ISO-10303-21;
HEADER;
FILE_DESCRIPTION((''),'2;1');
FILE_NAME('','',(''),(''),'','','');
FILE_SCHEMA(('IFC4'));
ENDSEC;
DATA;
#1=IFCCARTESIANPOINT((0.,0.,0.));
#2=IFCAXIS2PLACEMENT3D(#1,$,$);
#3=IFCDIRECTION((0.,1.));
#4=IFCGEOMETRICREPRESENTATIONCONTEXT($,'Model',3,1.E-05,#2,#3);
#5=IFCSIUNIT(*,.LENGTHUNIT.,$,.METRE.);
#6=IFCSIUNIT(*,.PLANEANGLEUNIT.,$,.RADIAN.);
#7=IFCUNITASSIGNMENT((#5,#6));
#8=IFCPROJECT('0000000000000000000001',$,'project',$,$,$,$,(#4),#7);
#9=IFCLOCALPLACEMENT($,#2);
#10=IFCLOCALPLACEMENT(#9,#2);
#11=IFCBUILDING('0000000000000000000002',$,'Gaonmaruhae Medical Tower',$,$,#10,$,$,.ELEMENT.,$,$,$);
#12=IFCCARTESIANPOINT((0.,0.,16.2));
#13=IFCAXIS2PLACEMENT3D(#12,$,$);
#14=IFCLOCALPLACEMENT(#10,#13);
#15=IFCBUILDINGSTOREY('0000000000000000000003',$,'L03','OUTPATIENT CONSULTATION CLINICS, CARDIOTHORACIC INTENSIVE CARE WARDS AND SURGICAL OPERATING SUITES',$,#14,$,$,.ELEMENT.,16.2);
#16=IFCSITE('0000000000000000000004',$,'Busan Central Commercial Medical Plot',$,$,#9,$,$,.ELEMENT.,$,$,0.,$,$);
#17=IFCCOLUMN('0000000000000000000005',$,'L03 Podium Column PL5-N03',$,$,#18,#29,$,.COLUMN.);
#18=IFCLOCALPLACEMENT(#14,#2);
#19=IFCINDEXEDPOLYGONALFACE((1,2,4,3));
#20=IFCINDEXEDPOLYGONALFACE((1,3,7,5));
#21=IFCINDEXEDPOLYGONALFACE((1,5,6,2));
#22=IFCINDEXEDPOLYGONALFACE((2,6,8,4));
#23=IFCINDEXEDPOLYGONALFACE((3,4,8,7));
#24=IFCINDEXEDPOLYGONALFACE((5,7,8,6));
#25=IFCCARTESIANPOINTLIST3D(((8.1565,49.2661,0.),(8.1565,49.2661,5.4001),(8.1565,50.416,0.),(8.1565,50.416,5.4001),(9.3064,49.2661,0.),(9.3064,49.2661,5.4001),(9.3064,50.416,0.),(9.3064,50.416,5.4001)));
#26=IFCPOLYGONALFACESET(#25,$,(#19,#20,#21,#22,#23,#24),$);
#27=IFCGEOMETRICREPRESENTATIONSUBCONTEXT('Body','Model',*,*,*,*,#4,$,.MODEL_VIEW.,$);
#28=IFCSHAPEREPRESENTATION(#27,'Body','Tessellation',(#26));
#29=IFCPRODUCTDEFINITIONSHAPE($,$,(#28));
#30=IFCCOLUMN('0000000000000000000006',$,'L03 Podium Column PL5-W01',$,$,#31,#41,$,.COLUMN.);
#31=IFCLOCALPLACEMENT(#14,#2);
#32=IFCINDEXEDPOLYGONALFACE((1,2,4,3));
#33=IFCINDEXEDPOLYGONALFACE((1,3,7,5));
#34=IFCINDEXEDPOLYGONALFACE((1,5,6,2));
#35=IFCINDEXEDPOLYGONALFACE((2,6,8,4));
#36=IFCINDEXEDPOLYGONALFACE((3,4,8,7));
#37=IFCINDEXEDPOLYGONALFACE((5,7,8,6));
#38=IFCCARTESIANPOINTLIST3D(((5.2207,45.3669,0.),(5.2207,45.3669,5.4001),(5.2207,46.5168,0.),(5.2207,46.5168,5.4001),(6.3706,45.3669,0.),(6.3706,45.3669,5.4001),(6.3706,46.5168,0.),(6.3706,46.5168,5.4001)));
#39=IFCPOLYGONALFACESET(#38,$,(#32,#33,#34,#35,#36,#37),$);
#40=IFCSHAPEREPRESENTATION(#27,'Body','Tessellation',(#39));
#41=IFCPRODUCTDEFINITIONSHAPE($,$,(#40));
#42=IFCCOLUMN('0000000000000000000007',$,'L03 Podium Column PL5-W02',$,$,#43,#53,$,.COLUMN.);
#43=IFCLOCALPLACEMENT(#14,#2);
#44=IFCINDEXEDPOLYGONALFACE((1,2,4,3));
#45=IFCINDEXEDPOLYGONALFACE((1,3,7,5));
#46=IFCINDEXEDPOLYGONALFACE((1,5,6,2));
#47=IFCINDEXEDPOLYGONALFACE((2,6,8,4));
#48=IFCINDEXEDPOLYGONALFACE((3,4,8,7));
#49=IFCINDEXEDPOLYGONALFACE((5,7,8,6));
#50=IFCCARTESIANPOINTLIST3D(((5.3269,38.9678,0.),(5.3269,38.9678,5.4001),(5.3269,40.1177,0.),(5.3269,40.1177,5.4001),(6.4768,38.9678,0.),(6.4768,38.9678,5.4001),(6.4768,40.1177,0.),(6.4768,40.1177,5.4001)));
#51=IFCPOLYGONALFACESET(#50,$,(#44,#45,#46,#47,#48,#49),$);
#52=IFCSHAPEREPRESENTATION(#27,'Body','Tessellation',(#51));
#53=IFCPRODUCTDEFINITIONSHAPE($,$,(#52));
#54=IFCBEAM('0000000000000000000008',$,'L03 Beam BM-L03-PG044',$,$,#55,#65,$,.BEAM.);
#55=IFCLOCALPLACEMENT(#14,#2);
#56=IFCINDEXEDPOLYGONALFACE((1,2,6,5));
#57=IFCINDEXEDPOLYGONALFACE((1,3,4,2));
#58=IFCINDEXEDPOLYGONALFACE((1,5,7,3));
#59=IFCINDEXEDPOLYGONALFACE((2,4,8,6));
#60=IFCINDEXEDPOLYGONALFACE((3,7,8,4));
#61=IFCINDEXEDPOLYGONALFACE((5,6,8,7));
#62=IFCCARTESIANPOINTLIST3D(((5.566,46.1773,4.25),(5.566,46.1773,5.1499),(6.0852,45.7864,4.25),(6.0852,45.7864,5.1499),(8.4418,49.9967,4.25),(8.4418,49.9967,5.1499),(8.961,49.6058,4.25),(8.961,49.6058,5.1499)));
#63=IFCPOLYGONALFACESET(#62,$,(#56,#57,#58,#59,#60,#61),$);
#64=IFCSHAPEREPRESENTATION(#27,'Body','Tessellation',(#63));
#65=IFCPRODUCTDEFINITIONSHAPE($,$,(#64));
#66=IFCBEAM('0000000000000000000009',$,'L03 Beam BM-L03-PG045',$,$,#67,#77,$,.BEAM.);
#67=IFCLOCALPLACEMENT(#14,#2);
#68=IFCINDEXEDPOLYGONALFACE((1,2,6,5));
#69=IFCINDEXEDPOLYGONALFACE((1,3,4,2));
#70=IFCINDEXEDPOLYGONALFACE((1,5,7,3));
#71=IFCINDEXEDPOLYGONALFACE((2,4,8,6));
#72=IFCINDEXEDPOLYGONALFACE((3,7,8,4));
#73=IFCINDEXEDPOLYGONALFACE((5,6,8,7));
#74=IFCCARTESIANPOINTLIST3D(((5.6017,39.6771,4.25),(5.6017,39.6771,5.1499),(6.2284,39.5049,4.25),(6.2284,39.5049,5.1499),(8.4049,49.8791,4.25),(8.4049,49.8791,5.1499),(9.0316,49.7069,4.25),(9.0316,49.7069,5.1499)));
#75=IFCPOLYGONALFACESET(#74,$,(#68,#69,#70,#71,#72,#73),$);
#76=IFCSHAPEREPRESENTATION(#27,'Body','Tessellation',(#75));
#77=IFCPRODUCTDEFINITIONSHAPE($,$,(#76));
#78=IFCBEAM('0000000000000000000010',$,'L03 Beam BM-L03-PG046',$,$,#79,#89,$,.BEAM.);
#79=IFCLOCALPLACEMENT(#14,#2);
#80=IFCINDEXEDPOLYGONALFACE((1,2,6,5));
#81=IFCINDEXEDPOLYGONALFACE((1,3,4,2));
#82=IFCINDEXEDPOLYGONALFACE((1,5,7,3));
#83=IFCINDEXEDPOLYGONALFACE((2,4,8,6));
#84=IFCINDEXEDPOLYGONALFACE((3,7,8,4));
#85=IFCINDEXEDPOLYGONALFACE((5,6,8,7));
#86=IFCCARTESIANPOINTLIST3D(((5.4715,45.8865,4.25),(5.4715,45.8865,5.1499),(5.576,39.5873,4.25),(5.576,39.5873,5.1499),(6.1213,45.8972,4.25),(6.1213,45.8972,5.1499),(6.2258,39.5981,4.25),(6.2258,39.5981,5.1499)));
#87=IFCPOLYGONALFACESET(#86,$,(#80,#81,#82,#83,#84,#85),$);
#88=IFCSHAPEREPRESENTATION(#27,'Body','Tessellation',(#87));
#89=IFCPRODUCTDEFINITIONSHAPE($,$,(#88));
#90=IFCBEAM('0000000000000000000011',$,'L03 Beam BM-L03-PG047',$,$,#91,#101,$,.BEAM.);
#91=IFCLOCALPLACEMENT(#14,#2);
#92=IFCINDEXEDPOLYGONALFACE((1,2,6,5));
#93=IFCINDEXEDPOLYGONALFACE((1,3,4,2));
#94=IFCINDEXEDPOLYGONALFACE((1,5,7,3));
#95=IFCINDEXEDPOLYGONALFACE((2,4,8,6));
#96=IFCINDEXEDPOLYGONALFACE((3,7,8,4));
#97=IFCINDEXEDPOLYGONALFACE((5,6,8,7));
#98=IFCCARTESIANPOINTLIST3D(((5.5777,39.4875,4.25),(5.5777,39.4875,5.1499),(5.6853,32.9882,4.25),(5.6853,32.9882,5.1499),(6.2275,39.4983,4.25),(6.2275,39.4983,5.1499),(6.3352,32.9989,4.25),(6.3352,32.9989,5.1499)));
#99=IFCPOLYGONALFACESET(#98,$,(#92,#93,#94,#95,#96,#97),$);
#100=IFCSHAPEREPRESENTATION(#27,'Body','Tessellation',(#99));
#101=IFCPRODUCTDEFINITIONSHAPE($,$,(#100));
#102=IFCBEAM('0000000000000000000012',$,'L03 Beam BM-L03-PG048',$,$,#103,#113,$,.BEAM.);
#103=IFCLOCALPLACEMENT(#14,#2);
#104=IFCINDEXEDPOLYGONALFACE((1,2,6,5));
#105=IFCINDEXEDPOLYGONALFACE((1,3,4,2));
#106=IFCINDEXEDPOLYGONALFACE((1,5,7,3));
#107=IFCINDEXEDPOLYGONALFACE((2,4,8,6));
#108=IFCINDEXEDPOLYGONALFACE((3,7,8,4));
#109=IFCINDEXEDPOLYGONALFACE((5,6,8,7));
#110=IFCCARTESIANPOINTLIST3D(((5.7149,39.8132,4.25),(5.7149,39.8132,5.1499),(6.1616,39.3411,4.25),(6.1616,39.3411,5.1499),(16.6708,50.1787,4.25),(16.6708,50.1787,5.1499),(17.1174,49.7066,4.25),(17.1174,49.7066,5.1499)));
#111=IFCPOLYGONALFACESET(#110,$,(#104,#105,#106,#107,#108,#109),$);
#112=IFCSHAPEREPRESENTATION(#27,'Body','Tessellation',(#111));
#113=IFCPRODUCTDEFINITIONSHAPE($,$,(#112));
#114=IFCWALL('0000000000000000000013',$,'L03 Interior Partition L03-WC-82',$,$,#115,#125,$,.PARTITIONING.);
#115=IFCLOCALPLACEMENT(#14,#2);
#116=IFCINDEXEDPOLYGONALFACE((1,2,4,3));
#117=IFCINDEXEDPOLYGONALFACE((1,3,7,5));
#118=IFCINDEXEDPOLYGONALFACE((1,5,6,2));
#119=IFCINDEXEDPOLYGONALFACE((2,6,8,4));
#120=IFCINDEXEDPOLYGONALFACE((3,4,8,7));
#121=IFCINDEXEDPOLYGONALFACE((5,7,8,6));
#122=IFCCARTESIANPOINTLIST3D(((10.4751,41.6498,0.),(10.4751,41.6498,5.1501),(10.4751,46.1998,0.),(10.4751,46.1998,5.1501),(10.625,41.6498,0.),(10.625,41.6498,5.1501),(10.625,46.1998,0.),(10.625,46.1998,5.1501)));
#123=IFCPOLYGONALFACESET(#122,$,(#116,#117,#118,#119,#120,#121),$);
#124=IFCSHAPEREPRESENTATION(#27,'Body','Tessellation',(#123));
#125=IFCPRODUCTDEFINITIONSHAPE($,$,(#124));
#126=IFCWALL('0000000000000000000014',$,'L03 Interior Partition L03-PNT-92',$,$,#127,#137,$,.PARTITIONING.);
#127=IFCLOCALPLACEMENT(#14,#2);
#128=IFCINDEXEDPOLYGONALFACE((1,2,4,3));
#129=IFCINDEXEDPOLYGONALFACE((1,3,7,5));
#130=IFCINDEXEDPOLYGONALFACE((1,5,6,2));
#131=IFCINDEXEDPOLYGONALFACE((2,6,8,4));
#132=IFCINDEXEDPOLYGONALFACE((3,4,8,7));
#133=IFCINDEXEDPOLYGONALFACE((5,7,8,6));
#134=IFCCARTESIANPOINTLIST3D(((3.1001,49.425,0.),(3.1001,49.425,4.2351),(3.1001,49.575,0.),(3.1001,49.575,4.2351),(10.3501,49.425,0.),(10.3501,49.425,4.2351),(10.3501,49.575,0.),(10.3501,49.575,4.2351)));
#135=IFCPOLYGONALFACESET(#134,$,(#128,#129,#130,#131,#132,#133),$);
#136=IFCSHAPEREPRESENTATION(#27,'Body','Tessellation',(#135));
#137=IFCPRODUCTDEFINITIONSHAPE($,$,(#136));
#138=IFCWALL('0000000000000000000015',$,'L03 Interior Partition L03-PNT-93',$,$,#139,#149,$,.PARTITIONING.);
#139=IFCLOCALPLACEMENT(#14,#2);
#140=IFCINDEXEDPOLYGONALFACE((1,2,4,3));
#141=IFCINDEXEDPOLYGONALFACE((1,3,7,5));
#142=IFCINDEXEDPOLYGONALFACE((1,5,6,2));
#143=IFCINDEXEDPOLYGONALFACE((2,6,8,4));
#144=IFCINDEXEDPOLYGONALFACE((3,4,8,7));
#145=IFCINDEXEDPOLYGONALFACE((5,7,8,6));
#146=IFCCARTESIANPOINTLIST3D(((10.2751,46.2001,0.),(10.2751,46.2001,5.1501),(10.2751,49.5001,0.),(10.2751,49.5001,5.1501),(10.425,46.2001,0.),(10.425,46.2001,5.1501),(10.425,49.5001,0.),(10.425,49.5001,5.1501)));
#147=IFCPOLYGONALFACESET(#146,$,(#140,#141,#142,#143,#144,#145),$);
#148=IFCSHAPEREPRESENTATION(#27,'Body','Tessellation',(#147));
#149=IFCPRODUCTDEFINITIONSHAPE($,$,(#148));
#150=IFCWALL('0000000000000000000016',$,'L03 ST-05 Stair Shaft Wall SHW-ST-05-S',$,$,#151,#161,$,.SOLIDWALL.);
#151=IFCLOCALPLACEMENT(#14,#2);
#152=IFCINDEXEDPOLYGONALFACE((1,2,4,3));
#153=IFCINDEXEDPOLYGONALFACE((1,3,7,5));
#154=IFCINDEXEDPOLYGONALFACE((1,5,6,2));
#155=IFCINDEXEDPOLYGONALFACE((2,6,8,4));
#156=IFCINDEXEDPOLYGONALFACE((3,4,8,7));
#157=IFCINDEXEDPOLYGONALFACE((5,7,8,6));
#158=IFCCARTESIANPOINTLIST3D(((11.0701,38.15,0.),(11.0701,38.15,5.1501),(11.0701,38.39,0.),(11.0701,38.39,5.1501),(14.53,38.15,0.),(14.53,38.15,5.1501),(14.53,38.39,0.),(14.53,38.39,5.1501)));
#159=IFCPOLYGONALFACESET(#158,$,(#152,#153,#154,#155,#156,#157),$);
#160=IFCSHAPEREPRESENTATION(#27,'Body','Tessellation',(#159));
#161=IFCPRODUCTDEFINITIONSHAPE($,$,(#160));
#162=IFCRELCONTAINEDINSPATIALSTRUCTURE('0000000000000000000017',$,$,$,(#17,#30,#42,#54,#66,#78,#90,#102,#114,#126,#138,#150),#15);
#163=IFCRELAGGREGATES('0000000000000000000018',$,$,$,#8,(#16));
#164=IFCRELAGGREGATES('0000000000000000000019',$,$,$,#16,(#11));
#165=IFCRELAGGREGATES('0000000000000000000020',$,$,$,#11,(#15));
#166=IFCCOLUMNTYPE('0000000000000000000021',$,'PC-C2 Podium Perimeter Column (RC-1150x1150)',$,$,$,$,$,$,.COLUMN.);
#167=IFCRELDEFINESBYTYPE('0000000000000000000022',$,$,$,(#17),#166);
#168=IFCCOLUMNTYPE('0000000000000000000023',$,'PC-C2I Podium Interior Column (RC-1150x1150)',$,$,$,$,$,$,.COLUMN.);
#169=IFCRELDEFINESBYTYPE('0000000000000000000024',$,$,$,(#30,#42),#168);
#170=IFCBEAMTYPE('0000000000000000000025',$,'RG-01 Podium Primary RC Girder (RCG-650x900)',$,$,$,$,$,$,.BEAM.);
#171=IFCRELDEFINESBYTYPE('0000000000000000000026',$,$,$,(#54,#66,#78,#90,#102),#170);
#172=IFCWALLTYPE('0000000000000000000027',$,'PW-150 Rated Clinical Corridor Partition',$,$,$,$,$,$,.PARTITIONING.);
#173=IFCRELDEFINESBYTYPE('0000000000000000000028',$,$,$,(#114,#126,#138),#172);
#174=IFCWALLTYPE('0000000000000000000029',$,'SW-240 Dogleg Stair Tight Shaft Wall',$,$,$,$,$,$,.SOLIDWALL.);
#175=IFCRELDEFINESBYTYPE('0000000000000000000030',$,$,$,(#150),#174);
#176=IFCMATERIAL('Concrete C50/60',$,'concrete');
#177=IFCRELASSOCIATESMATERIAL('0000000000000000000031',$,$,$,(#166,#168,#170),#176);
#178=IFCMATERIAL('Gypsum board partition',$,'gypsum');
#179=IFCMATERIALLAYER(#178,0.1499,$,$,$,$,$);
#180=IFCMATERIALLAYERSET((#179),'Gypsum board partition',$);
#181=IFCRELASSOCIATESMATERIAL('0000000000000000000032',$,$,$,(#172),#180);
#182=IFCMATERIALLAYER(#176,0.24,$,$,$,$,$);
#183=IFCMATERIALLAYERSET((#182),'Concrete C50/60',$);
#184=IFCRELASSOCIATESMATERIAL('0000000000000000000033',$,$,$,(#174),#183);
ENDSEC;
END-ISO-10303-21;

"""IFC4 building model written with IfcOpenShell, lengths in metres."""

from ifc_helpers import new_model, si_unit, direction, frame, frame_2d, origin, origin_2d, place, context, subcontext, project, spatial, rectangle, extrude, material, layer, layer_set, material_profile, profile_set, type_object, element, save


model = new_model("IFC4")

# Units and contexts
model_context = context("Model", 3, precision=1e-05, world=origin(), true_north=direction((0.0, 1.0)))
body_context = subcontext(model_context, "Body", "Model", "MODEL_VIEW")
ifc_project = project(units=[si_unit("LENGTHUNIT", "METRE"), si_unit("PLANEANGLEUNIT", "RADIAN")], contexts=[model_context])

# Site, building, storey
site_placement = place(None, origin())
site = spatial("IfcSite", under=ifc_project, at=site_placement, Name="Busan Central Commercial Medical Plot", CompositionType="ELEMENT", RefElevation=0.0)
building_placement = place(site_placement, origin())
building = spatial("IfcBuilding", under=site, at=building_placement, Name="Gaonmaruhae Medical Tower", CompositionType="ELEMENT")
storey_placement = place(building_placement, frame((0.0, 0.0, 16.2)))
storey = spatial("IfcBuildingStorey", under=building, at=storey_placement, Name="L03", Description="OUTPATIENT CONSULTATION CLINICS, CARDIOTHORACIC INTENSIVE CARE WARDS AND SURGICAL OPERATING SUITES", CompositionType="ELEMENT", Elevation=16.2)

# Columns
ifc_material_1 = material(Name="Concrete C50/60", Category="concrete")
ifc_material_profile_1 = material_profile(ifc_material_1, rectangle(XDim=1.1499, YDim=1.1499, at=origin_2d()), Name="RC-1150x1150")
ifc_profile_set_1 = profile_set([ifc_material_profile_1], Name="Concrete C50/60")
column_type_1 = type_object("IfcColumnType", Name="PC-C2 Podium Perimeter Column (RC-1150x1150)", PredefinedType="COLUMN", material=ifc_profile_set_1)
column_placement = place(storey_placement, frame((8.7314, 49.8411, 0.0), z_axis=(0.0, 0.0, 1.0), x_axis=(1.0, 0.0, 0.0)))
element("IfcColumn", 1, at=column_placement, inside=storey, type_object=column_type_1, Name="L03 Podium Column PL5-N03", PredefinedType="COLUMN", context=body_context, shape_type="SweptSolid", body=[
    extrude(rectangle(XDim=1.1499, YDim=1.1499, at=origin_2d()), origin(), (0.0, 0.0, 1.0), 5.4001),
])
ifc_material_profile_2 = material_profile(ifc_material_1, rectangle(XDim=1.1499, YDim=1.1499, at=origin_2d()), Name="RC-1150x1150")
ifc_profile_set_2 = profile_set([ifc_material_profile_2], Name="Concrete C50/60")
column_type_2 = type_object("IfcColumnType", Name="PC-C2I Podium Interior Column (RC-1150x1150)", PredefinedType="COLUMN", material=ifc_profile_set_2)
for number, where, z_axis, x_axis, name in (
    (2, (5.7957, 45.9419, 0.0), (0.0, 0.0, 1.0), (1.0, 0.0, 0.0), "L03 Podium Column PL5-W01"),
    (3, (5.9019, 39.5427, 0.0), (0.0, 0.0, 1.0), (1.0, 0.0, 0.0), "L03 Podium Column PL5-W02"),
):
    element("IfcColumn", number, at=place(storey_placement, frame(where, z_axis=z_axis, x_axis=x_axis)), inside=storey, type_object=column_type_2, Name=name, PredefinedType="COLUMN", context=body_context, shape_type="SweptSolid", body=[
        extrude(rectangle(XDim=1.1499, YDim=1.1499, at=origin_2d()), origin(), (0.0, 0.0, 1.0), 5.4001),
    ])

# Beams
ifc_material_profile_3 = material_profile(ifc_material_1, rectangle(XDim=0.6499, YDim=0.8999, at=origin_2d()), Name="RCG-650x900")
ifc_profile_set_3 = profile_set([ifc_material_profile_3], Name="Concrete C50/60")
beam_type = type_object("IfcBeamType", Name="RG-01 Podium Primary RC Girder (RCG-650x900)", PredefinedType="BEAM", material=ifc_profile_set_3)
beam_1_placement = place(storey_placement, frame((8.7014, 49.8013, 4.7), z_axis=(-0.601502, -0.798871, 0.0), x_axis=(0.798871, -0.601502, 0.0)))
element("IfcBeam", 4, at=beam_1_placement, inside=storey, type_object=beam_type, Name="L03 Beam BM-L03-PG044", PredefinedType="BEAM", context=body_context, shape_type="SweptSolid", body=[
    extrude(rectangle(XDim=0.6499, YDim=0.8999, at=origin_2d()), origin(), (0.0, 0.0, 1.0), 4.781),
])
beam_2_placement = place(storey_placement, frame((8.7183, 49.793, 4.7), z_axis=(-0.264954, -0.964261, 0.0), x_axis=(0.964261, -0.264954, 0.0)))
element("IfcBeam", 5, at=beam_2_placement, inside=storey, type_object=beam_type, Name="L03 Beam BM-L03-PG045", PredefinedType="BEAM", context=body_context, shape_type="SweptSolid", body=[
    extrude(rectangle(XDim=0.6499, YDim=0.8999, at=origin_2d()), origin(), (0.0, 0.0, 1.0), 10.5801),
])
beam_3_placement = place(storey_placement, frame((5.7964, 45.8918, 4.7), z_axis=(0.016586, -0.999862, 0.0), x_axis=(0.999862, 0.016586, 0.0)))
element("IfcBeam", 6, at=beam_3_placement, inside=storey, type_object=beam_type, Name="L03 Beam BM-L03-PG046", PredefinedType="BEAM", context=body_context, shape_type="SweptSolid", body=[
    extrude(rectangle(XDim=0.6499, YDim=0.8999, at=origin_2d()), origin(), (0.0, 0.0, 1.0), 6.3),
])
beam_4_placement = place(storey_placement, frame((5.9026, 39.4929, 4.7), z_axis=(0.016564, -0.999863, 0.0), x_axis=(0.999863, 0.016564, 0.0)))
element("IfcBeam", 7, at=beam_4_placement, inside=storey, type_object=beam_type, Name="L03 Beam BM-L03-PG047", PredefinedType="BEAM", context=body_context, shape_type="SweptSolid", body=[
    extrude(rectangle(XDim=0.6499, YDim=0.8999, at=origin_2d()), origin(), (0.0, 0.0, 1.0), 6.5002),
])
beam_5_placement = place(storey_placement, frame((5.9382, 39.5771, 4.7), z_axis=(0.726406, 0.687265, 0.0), x_axis=(-0.687265, 0.726406, 0.0)))
element("IfcBeam", 8, at=beam_5_placement, inside=storey, type_object=beam_type, Name="L03 Beam BM-L03-PG048", PredefinedType="BEAM", context=body_context, shape_type="SweptSolid", body=[
    extrude(rectangle(XDim=0.6499, YDim=0.8999, at=origin_2d()), origin(), (0.0, 0.0, 1.0), 15.0823),
])

# Walls
ifc_material_2 = material(Name="Gypsum board partition", Category="gypsum")
ifc_layer_1 = layer(ifc_material_2, 0.1499)
ifc_layer_set_1 = layer_set([ifc_layer_1], Name="Gypsum board partition")
wall_type_1 = type_object("IfcWallType", Name="PW-150 Rated Clinical Corridor Partition", PredefinedType="PARTITIONING", material=ifc_layer_set_1)
wall_1_placement = place(storey_placement, frame((10.55, 41.6499, 0.0), z_axis=(0.0, 0.0, 1.0), x_axis=(0.0, 1.0, 0.0)))
element("IfcWall", 9, at=wall_1_placement, inside=storey, type_object=wall_type_1, Name="L03 Interior Partition L03-WC-82", PredefinedType="PARTITIONING", context=body_context, shape_type="SweptSolid", body=[
    extrude(rectangle(XDim=4.55, YDim=0.1499, at=frame_2d((2.2749, 0.0))), origin(), (0.0, 0.0, 1.0), 5.1501),
])
wall_2_placement = place(storey_placement, frame((3.1001, 49.5, 0.0), z_axis=(0.0, 0.0, 1.0), x_axis=(1.0, 0.0, 0.0)))
element("IfcWall", 10, at=wall_2_placement, inside=storey, type_object=wall_type_1, Name="L03 Interior Partition L03-PNT-92", PredefinedType="PARTITIONING", context=body_context, shape_type="SweptSolid", body=[
    extrude(rectangle(XDim=7.25, YDim=0.1499, at=frame_2d((3.625, 0.0))), origin(), (0.0, 0.0, 1.0), 4.2351),
])
wall_3_placement = place(storey_placement, frame((10.3501, 49.5, 0.0), z_axis=(0.0, 0.0, 1.0), x_axis=(0.0, -1.0, 0.0)))
element("IfcWall", 11, at=wall_3_placement, inside=storey, type_object=wall_type_1, Name="L03 Interior Partition L03-PNT-93", PredefinedType="PARTITIONING", context=body_context, shape_type="SweptSolid", body=[
    extrude(rectangle(XDim=3.3, YDim=0.1499, at=frame_2d((1.6499, 0.0))), origin(), (0.0, 0.0, 1.0), 5.1501),
])

# Shared definitions
ifc_layer_2 = layer(ifc_material_1, 0.24)
ifc_layer_set_2 = layer_set([ifc_layer_2], Name="Concrete C50/60")
wall_type_2 = type_object("IfcWallType", Name="SW-240 Dogleg Stair Tight Shaft Wall", PredefinedType="SOLIDWALL", material=ifc_layer_set_2)

# Wall
wall_4_placement = place(storey_placement, frame((14.53, 38.27, 0.0), z_axis=(0.0, 0.0, 1.0), x_axis=(-1.0, 0.0, 0.0)))
element("IfcWall", 12, at=wall_4_placement, inside=storey, type_object=wall_type_2, Name="L03 ST-05 Stair Shaft Wall SHW-ST-05-S", PredefinedType="SOLIDWALL", context=body_context, shape_type="SweptSolid", body=[
    extrude(rectangle(XDim=3.46, YDim=0.24, at=frame_2d((1.73, 0.0))), origin(), (0.0, 0.0, 1.0), 5.1501),
])

save(model, "model.ifc")
